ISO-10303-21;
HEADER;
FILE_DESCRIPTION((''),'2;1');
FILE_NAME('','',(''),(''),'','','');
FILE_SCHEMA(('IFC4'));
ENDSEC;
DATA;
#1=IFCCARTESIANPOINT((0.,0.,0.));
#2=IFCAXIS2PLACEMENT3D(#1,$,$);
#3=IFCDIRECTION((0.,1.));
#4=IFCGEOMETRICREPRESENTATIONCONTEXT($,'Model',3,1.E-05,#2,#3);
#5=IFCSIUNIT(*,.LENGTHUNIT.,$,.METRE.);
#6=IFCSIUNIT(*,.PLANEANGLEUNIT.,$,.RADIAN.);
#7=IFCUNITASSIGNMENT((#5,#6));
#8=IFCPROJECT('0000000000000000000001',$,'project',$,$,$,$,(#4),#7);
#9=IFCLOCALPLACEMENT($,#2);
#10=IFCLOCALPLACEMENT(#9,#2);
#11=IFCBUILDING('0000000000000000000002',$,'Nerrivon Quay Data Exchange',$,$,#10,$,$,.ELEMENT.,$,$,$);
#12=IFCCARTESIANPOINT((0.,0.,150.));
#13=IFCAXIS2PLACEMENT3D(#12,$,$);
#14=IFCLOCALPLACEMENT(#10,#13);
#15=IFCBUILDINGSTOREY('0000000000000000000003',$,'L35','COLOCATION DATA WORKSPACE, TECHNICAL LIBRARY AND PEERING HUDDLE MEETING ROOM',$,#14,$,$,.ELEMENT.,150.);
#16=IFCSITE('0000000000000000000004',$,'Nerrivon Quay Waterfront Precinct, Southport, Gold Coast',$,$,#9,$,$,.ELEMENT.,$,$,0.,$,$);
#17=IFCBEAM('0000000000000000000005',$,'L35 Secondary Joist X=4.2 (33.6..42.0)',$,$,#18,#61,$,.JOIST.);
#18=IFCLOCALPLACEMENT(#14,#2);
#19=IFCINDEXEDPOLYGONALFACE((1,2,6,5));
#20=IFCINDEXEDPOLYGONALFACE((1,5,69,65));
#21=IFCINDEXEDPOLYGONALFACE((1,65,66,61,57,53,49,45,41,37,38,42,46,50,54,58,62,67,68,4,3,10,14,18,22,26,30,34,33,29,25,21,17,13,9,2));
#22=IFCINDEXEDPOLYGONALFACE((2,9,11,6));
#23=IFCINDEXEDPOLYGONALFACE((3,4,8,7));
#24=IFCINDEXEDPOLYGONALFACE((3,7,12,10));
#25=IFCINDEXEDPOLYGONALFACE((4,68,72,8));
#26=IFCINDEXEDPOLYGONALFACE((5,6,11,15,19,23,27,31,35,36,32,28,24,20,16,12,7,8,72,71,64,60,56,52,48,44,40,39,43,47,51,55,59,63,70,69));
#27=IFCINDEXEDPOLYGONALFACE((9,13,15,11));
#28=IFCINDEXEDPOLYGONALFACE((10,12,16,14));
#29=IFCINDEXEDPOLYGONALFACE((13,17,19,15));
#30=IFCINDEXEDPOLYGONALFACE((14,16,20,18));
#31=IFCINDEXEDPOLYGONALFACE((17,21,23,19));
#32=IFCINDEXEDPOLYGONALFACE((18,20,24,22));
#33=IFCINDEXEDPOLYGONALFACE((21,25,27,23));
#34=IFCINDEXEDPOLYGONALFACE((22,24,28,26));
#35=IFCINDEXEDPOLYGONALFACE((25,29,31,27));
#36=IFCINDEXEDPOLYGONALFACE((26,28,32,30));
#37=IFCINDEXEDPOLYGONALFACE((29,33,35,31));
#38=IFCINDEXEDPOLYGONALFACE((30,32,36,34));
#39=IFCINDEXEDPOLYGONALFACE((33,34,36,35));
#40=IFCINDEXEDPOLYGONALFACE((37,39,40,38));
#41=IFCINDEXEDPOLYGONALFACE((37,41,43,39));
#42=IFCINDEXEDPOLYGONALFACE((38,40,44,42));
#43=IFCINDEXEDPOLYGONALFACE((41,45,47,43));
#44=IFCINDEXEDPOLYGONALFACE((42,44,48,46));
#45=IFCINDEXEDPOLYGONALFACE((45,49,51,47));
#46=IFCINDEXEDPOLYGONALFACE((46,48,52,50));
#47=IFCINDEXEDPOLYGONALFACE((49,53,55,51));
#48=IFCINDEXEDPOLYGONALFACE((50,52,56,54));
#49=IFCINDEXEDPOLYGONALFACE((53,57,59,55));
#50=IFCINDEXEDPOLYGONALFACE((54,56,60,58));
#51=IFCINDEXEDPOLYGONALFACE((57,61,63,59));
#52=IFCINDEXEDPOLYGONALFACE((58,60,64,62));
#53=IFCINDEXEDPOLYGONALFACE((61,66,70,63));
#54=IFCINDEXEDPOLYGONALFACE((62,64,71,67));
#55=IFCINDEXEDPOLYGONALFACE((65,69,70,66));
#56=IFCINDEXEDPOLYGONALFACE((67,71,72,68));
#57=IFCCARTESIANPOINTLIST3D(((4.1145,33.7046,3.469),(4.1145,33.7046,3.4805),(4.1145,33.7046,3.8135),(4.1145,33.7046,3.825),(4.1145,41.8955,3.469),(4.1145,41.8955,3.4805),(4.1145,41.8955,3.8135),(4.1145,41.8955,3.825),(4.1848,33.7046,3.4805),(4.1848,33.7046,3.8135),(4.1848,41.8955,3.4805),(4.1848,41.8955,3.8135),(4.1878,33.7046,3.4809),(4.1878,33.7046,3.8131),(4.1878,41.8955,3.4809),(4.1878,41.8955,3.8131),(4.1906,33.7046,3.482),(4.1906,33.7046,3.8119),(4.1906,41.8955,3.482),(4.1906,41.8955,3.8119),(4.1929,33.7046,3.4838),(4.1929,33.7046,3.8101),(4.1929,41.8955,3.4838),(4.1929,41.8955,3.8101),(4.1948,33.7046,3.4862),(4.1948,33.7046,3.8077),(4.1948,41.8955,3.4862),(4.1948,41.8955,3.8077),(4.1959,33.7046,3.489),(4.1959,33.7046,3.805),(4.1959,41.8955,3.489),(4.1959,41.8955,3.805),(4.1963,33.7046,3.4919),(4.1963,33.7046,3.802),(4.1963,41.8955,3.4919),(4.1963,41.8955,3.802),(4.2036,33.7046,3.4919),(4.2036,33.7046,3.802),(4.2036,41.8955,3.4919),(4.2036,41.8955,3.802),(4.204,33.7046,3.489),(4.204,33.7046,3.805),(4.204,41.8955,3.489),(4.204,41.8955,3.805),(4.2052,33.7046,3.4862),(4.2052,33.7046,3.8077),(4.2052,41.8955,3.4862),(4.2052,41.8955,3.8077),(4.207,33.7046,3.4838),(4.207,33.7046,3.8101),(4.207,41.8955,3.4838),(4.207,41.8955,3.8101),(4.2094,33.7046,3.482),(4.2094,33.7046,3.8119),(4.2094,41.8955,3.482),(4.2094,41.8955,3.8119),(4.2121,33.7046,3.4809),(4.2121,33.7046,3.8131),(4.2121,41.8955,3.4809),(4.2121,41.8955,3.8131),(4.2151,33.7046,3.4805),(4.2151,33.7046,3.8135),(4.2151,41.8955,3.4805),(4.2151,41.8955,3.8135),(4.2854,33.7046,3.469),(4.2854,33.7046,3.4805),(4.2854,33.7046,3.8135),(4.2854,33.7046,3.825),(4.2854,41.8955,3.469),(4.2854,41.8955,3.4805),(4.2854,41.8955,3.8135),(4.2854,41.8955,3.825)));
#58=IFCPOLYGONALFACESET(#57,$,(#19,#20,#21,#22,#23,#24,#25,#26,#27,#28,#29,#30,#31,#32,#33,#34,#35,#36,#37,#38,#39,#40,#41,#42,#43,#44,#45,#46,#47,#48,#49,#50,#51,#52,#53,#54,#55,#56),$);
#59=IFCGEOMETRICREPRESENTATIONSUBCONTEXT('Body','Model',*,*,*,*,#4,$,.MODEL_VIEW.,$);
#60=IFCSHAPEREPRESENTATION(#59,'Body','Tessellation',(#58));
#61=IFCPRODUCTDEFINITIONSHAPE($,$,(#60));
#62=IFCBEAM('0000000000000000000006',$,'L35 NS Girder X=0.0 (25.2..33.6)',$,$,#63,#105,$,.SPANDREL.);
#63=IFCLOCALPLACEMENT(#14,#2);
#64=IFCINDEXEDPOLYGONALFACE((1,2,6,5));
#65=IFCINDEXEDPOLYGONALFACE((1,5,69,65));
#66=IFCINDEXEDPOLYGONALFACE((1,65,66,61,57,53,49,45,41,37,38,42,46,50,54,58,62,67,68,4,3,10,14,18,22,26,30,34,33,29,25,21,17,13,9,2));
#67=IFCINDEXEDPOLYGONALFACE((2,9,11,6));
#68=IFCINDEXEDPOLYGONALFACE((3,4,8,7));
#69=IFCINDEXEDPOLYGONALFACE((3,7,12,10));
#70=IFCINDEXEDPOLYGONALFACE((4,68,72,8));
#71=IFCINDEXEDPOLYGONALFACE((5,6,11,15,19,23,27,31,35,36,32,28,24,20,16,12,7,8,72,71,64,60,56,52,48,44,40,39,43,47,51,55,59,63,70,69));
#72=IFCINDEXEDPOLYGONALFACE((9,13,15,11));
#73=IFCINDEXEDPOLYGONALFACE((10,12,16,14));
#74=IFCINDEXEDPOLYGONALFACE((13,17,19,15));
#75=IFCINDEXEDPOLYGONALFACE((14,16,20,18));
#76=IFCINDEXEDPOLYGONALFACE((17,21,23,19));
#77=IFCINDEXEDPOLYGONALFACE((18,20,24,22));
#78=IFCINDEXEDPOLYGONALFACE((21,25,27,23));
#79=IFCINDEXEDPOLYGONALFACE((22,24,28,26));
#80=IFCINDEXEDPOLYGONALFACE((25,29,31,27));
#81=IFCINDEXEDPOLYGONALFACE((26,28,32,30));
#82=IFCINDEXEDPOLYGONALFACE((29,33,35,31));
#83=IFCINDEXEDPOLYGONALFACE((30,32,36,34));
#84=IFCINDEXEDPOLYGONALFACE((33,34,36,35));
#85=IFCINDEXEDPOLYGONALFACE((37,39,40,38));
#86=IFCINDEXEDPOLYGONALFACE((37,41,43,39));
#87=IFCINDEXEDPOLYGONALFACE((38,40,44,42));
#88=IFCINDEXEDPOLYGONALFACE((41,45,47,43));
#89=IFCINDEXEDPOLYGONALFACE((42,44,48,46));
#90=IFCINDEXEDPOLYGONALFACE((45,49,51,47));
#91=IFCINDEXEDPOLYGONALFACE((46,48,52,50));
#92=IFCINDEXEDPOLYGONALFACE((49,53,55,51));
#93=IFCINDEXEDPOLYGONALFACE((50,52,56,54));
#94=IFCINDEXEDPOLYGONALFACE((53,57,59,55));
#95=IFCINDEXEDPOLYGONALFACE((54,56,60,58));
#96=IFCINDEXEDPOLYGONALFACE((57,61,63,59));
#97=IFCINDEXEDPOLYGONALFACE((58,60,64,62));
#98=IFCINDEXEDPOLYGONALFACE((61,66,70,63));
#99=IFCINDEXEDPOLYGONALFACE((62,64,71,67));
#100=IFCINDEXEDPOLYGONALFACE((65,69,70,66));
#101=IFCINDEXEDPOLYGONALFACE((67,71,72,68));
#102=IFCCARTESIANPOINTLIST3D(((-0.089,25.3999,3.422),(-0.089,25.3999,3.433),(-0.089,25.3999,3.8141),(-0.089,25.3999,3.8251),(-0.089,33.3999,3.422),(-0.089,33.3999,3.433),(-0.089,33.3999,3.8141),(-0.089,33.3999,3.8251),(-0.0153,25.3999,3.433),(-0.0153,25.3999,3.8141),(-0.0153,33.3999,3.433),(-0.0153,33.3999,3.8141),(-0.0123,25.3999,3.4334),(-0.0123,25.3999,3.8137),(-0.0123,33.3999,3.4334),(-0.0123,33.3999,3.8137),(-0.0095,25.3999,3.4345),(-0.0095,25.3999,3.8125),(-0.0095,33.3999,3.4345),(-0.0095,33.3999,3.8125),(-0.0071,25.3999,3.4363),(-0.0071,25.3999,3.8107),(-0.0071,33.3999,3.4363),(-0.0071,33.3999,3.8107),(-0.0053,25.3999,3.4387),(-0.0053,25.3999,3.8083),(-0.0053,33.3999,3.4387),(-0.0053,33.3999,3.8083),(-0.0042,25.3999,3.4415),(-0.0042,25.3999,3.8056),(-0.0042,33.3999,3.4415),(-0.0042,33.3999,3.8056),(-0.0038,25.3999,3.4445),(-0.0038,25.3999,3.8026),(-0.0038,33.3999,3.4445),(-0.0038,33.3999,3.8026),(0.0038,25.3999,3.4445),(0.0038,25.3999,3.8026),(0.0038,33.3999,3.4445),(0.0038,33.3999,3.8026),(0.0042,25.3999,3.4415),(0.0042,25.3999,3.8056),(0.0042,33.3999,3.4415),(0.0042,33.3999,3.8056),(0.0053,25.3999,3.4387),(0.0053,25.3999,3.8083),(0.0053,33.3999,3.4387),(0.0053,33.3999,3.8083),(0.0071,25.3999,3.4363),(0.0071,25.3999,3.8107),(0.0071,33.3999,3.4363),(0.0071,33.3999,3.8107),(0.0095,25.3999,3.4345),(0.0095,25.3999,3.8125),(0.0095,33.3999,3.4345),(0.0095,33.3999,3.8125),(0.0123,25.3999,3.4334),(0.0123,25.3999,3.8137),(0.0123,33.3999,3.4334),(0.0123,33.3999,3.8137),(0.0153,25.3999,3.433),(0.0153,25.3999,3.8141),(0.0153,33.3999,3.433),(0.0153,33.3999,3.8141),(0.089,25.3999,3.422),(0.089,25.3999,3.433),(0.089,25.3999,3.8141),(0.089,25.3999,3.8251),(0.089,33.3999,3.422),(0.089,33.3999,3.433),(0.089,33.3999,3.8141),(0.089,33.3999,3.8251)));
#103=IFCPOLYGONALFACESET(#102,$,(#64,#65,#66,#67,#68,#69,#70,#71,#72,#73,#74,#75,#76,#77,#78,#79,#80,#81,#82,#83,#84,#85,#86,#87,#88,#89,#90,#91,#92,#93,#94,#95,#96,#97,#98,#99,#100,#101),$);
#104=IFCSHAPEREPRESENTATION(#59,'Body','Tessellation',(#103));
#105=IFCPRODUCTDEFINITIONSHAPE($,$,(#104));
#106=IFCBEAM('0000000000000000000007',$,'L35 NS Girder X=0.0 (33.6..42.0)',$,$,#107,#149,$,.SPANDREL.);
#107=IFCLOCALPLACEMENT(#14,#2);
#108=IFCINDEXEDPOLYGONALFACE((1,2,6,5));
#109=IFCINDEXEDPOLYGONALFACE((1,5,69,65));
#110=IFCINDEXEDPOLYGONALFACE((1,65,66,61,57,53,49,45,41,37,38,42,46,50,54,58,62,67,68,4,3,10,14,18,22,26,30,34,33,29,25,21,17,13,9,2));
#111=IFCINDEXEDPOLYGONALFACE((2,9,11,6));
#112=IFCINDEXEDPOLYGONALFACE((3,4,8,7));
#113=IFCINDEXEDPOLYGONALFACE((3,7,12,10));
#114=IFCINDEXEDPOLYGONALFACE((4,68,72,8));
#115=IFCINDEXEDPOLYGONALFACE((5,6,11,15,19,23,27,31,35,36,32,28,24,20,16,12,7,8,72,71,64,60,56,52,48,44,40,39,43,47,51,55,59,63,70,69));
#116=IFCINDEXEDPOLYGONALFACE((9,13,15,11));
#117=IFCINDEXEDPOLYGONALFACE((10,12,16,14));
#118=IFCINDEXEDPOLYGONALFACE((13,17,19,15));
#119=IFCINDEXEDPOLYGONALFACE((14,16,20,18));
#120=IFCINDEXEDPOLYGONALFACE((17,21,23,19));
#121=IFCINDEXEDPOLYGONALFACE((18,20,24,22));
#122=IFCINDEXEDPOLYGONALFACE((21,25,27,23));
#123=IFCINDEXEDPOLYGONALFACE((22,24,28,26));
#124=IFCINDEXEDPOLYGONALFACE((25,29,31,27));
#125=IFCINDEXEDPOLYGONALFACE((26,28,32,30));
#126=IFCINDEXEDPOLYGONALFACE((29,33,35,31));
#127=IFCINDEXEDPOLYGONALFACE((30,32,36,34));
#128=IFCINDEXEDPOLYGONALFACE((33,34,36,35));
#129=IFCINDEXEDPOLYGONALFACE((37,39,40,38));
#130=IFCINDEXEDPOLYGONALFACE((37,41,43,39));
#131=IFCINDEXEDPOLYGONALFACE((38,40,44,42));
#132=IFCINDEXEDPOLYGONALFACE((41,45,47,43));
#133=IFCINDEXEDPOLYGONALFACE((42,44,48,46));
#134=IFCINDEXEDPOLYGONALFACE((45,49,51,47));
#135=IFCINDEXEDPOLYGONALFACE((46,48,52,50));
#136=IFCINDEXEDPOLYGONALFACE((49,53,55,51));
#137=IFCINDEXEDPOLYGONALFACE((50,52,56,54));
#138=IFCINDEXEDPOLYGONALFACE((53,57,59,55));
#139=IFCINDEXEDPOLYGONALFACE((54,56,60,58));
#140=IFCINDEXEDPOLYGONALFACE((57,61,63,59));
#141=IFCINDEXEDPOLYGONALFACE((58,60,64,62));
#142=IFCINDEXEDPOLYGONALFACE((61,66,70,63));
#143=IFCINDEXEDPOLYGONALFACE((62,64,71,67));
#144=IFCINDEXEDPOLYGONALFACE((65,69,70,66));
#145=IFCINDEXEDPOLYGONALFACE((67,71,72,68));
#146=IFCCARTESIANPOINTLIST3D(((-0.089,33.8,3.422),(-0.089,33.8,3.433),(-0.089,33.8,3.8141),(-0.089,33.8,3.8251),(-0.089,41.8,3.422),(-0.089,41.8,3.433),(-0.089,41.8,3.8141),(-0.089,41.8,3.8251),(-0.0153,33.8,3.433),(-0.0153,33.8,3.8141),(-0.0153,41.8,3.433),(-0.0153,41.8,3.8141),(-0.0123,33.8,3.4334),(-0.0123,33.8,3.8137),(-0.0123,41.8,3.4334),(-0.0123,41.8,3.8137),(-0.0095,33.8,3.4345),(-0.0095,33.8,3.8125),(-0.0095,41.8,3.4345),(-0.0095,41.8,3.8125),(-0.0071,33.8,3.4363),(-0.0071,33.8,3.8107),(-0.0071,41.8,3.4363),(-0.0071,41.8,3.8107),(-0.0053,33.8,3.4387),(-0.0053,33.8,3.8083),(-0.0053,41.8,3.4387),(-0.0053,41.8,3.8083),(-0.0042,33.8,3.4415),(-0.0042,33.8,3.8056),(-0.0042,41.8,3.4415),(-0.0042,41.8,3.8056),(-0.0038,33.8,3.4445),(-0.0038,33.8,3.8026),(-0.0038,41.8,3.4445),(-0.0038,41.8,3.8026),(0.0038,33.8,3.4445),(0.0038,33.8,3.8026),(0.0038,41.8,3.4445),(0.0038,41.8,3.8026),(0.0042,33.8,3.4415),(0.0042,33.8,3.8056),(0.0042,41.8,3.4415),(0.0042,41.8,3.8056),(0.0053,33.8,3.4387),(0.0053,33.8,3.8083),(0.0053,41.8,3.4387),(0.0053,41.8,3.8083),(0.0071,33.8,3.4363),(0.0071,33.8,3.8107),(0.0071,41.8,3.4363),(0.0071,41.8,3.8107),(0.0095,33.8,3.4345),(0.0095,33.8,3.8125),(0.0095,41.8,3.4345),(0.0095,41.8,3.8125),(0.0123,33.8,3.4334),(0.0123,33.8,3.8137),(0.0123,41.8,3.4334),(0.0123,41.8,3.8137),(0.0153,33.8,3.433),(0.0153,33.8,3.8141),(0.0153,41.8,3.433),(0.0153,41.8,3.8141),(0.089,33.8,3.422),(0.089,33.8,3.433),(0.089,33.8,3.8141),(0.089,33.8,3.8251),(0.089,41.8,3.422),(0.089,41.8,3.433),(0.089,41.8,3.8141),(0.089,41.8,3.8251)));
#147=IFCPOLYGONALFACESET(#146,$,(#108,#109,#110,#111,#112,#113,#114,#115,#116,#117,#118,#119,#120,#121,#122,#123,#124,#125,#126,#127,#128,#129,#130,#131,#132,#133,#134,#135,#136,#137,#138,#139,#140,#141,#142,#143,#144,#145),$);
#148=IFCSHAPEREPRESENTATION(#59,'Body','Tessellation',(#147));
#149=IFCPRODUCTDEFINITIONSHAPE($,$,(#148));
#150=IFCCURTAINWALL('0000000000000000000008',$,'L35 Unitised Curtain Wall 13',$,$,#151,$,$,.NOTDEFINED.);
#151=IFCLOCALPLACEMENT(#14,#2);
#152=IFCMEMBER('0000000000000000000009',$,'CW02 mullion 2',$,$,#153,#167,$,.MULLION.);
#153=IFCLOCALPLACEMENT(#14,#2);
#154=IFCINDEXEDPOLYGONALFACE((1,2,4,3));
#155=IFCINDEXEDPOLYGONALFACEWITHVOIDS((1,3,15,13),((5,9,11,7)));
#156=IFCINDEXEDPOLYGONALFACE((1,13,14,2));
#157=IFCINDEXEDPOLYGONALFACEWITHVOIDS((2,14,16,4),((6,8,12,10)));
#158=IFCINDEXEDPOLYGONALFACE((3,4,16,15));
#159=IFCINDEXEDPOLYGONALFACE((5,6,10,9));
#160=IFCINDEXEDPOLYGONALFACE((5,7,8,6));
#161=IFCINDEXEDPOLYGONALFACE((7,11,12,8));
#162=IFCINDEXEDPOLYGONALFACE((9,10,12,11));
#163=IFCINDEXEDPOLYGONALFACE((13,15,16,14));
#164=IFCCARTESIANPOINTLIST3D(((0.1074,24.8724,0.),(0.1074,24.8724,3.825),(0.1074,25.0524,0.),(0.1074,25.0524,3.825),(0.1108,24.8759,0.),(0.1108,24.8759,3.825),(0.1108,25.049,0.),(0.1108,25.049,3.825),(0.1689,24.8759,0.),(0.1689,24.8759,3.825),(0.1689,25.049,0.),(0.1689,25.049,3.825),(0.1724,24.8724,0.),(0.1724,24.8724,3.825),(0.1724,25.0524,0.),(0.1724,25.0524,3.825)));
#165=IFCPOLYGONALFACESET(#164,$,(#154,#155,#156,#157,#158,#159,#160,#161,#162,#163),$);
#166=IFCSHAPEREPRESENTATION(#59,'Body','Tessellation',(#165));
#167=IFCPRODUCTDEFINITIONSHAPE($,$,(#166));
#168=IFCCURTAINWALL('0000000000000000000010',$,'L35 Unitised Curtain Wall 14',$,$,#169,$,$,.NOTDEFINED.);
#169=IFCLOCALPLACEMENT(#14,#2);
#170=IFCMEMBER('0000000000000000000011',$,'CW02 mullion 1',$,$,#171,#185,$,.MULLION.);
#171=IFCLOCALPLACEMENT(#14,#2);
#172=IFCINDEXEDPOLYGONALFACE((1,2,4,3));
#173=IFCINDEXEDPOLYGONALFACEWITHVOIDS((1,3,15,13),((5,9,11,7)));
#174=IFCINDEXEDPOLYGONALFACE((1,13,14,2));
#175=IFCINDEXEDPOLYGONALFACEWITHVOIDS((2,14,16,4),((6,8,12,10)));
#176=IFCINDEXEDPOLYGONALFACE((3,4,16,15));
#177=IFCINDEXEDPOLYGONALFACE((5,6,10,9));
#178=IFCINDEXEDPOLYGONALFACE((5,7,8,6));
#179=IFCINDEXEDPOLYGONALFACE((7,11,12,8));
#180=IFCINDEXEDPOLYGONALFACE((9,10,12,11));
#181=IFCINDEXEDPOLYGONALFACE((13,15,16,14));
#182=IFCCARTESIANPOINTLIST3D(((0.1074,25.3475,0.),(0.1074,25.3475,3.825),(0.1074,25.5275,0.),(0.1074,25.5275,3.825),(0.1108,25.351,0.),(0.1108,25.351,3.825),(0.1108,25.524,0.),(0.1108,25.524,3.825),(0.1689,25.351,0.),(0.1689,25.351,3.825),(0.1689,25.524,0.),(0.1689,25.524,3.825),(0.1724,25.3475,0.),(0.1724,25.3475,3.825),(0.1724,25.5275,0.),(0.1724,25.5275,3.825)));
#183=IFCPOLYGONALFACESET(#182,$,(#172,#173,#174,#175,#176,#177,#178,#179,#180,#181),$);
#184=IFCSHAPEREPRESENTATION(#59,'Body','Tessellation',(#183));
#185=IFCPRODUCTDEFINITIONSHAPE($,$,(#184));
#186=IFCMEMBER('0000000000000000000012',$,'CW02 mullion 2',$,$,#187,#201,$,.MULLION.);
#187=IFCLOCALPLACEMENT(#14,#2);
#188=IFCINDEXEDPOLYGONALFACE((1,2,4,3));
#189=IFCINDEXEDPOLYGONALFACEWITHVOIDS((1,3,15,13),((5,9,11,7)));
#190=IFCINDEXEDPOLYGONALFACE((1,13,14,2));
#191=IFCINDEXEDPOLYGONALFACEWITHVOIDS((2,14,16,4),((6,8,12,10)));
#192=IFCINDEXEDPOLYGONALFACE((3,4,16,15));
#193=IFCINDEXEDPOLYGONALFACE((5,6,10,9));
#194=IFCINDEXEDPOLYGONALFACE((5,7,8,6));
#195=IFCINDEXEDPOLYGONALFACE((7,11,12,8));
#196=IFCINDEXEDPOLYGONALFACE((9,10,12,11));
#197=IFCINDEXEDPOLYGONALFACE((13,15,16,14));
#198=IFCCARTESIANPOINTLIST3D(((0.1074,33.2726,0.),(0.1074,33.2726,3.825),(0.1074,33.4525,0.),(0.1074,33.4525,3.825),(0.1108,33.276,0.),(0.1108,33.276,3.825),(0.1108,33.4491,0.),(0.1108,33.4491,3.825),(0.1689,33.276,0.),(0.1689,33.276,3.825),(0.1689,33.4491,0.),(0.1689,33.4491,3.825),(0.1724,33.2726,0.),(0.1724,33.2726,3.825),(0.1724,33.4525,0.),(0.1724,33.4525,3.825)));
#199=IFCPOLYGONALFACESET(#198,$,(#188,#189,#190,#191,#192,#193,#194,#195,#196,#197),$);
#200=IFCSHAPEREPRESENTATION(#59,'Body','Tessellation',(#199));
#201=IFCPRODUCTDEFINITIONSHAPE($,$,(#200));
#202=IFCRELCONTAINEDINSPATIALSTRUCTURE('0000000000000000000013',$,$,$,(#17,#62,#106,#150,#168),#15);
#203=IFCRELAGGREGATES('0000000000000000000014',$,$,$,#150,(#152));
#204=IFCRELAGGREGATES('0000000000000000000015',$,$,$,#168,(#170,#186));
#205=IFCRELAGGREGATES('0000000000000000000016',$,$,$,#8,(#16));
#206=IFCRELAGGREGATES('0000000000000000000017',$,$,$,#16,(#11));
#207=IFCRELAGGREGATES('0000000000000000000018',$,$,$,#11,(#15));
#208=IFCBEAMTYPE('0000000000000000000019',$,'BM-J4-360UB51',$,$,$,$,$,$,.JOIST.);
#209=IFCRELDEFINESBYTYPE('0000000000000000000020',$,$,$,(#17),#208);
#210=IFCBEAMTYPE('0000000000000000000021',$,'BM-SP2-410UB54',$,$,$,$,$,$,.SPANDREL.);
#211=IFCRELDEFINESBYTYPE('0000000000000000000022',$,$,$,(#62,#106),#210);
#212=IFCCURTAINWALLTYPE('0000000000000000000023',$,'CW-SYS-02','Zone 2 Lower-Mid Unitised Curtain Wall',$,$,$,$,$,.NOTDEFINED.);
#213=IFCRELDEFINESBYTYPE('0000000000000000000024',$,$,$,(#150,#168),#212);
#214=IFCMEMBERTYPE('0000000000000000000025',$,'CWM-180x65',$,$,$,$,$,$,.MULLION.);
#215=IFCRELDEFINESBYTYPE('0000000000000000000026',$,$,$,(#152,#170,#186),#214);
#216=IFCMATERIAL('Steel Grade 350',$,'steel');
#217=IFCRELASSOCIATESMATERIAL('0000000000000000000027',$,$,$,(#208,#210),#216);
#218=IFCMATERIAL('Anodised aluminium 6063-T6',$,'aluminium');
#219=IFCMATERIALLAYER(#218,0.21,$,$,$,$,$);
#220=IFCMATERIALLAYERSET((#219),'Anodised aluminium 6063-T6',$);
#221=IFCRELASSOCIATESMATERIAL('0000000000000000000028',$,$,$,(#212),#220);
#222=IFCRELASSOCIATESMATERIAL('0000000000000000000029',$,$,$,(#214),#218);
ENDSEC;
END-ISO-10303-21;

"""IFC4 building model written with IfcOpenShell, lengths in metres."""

from ifc_helpers import new_model, si_unit, direction, frame, origin, origin_2d, place, context, subcontext, project, spatial, hollow_rectangle, i_section, extrude, material, layer, layer_set, material_profile, profile_set, type_object, element, aggregate, save


model = new_model("IFC4")

# Units and contexts
model_context = context("Model", 3, precision=1e-05, world=origin(), true_north=direction((0.0, 1.0)))
body_context = subcontext(model_context, "Body", "Model", "MODEL_VIEW")
ifc_project = project(units=[si_unit("LENGTHUNIT", "METRE"), si_unit("PLANEANGLEUNIT", "RADIAN")], contexts=[model_context])

# Site, building, storey
site_placement = place(None, origin())
site = spatial("IfcSite", under=ifc_project, at=site_placement, Name="Nerrivon Quay Waterfront Precinct, Southport, Gold Coast", CompositionType="ELEMENT", RefElevation=0.0)
building_placement = place(site_placement, origin())
building = spatial("IfcBuilding", under=site, at=building_placement, Name="Nerrivon Quay Data Exchange", CompositionType="ELEMENT")
storey_placement = place(building_placement, frame((0.0, 0.0, 150.0)))
storey = spatial("IfcBuildingStorey", under=building, at=storey_placement, Name="L35", Description="COLOCATION DATA WORKSPACE, TECHNICAL LIBRARY AND PEERING HUDDLE MEETING ROOM", CompositionType="ELEMENT", Elevation=150.0)

# Shared definitions
ifc_material_1 = material(Name="Steel Grade 350", Category="steel")

# Beams
ifc_material_profile_1 = material_profile(ifc_material_1, i_section(OverallWidth=0.1709, OverallDepth=0.356, WebThickness=0.0073, FlangeThickness=0.0115, FilletRadius=0.0115, at=origin_2d()), Name="360UB50.7")
ifc_profile_set_1 = profile_set([ifc_material_profile_1], Name="Steel Grade 350")
beam_type_1 = type_object("IfcBeamType", Name="BM-J4-360UB51", PredefinedType="JOIST", material=ifc_profile_set_1)
beam_1_placement = place(storey_placement, frame((4.2, 33.7046, 3.647), z_axis=(0.0, 1.0, 0.0), x_axis=(-1.0, 0.0, 0.0)))
element("IfcBeam", 1, at=beam_1_placement, inside=storey, type_object=beam_type_1, Name="L35 Secondary Joist X=4.2 (33.6..42.0)", PredefinedType="JOIST", context=body_context, shape_type="SweptSolid", body=[
    extrude(i_section(OverallWidth=0.1709, OverallDepth=0.356, WebThickness=0.0073, FlangeThickness=0.0115, FilletRadius=0.0115, at=origin_2d()), origin(), (0.0, 0.0, 1.0), 8.1909),
])
ifc_material_profile_2 = material_profile(ifc_material_1, i_section(OverallWidth=0.178, OverallDepth=0.4031, WebThickness=0.0076, FlangeThickness=0.011, FilletRadius=0.0115, at=origin_2d()), Name="410UB53.7")
ifc_profile_set_2 = profile_set([ifc_material_profile_2], Name="Steel Grade 350")
beam_type_2 = type_object("IfcBeamType", Name="BM-SP2-410UB54", PredefinedType="SPANDREL", material=ifc_profile_set_2)
for number, where, z_axis, x_axis, name in (
    (2, (0.0, 25.3999, 3.6235), (0.0, 1.0, 0.0), (-1.0, 0.0, 0.0), "L35 NS Girder X=0.0 (25.2..33.6)"),
    (3, (0.0, 33.8, 3.6235), (0.0, 1.0, 0.0), (-1.0, 0.0, 0.0), "L35 NS Girder X=0.0 (33.6..42.0)"),
):
    element("IfcBeam", number, at=place(storey_placement, frame(where, z_axis=z_axis, x_axis=x_axis)), inside=storey, type_object=beam_type_2, Name=name, PredefinedType="SPANDREL", context=body_context, shape_type="SweptSolid", body=[
        extrude(i_section(OverallWidth=0.178, OverallDepth=0.4031, WebThickness=0.0076, FlangeThickness=0.011, FilletRadius=0.0115, at=origin_2d()), origin(), (0.0, 0.0, 1.0), 8.0),
    ])

# Curtain wall, member
ifc_material_2 = material(Name="Anodised aluminium 6063-T6", Category="aluminium")
ifc_layer_1 = layer(ifc_material_2, 0.21)
ifc_layer_set_1 = layer_set([ifc_layer_1], Name="Anodised aluminium 6063-T6")
curtain_wall_type = type_object("IfcCurtainWallType", Name="CW-SYS-02", Description="Zone 2 Lower-Mid Unitised Curtain Wall", PredefinedType="NOTDEFINED", material=ifc_layer_set_1)
curtain_wall_1_placement = place(storey_placement, origin())
curtain_wall_1 = element("IfcCurtainWall", 4, at=curtain_wall_1_placement, inside=storey, type_object=curtain_wall_type, Name="L35 Unitised Curtain Wall 13", PredefinedType="NOTDEFINED")
ifc_material_profile_3 = material_profile(ifc_material_2, hollow_rectangle(XDim=0.0649, YDim=0.1799, WallThickness=0.0034, at=origin_2d()), Name="ALU-MULL-180x65")
ifc_profile_set_3 = profile_set([ifc_material_profile_3], Name="Anodised aluminium 6063-T6")
member_type_1 = type_object("IfcMemberType", Name="CWM-180x65", PredefinedType="MULLION", material=ifc_profile_set_3)
member_1_placement = place(storey_placement, frame((0.1399, 24.9624, 0.0), z_axis=(0.0, 0.0, 1.0), x_axis=(-1.0, 0.0, 0.0)))
member_1 = element("IfcMember", 5, at=member_1_placement, type_object=member_type_1, Name="CW02 mullion 2", PredefinedType="MULLION", context=body_context, shape_type="SweptSolid", body=[
    extrude(hollow_rectangle(XDim=0.0649, YDim=0.1799, WallThickness=0.0034, at=origin_2d()), origin(), (0.0, 0.0, 1.0), 3.825),
])

# Curtain wall, members
curtain_wall_2_placement = place(storey_placement, origin())
curtain_wall_2 = element("IfcCurtainWall", 6, at=curtain_wall_2_placement, inside=storey, type_object=curtain_wall_type, Name="L35 Unitised Curtain Wall 14", PredefinedType="NOTDEFINED")
member_2_placement = place(storey_placement, frame((0.1399, 25.4375, 0.0), z_axis=(0.0, 0.0, 1.0), x_axis=(-1.0, 0.0, 0.0)))
member_2 = element("IfcMember", 7, at=member_2_placement, type_object=member_type_1, Name="CW02 mullion 1", PredefinedType="MULLION", context=body_context, shape_type="SweptSolid", body=[
    extrude(hollow_rectangle(XDim=0.0649, YDim=0.1799, WallThickness=0.0034, at=origin_2d()), origin(), (0.0, 0.0, 1.0), 3.825),
])
member_3_placement = place(storey_placement, frame((0.1399, 33.3625, 0.0), z_axis=(0.0, 0.0, 1.0), x_axis=(-1.0, 0.0, 0.0)))
member_3 = element("IfcMember", 8, at=member_3_placement, type_object=member_type_1, Name="CW02 mullion 2", PredefinedType="MULLION", context=body_context, shape_type="SweptSolid", body=[
    extrude(hollow_rectangle(XDim=0.0649, YDim=0.1799, WallThickness=0.0034, at=origin_2d()), origin(), (0.0, 0.0, 1.0), 3.825),
])

aggregate(curtain_wall_1, [member_1])
aggregate(curtain_wall_2, [member_2, member_3])

save(model, "model.ifc")
